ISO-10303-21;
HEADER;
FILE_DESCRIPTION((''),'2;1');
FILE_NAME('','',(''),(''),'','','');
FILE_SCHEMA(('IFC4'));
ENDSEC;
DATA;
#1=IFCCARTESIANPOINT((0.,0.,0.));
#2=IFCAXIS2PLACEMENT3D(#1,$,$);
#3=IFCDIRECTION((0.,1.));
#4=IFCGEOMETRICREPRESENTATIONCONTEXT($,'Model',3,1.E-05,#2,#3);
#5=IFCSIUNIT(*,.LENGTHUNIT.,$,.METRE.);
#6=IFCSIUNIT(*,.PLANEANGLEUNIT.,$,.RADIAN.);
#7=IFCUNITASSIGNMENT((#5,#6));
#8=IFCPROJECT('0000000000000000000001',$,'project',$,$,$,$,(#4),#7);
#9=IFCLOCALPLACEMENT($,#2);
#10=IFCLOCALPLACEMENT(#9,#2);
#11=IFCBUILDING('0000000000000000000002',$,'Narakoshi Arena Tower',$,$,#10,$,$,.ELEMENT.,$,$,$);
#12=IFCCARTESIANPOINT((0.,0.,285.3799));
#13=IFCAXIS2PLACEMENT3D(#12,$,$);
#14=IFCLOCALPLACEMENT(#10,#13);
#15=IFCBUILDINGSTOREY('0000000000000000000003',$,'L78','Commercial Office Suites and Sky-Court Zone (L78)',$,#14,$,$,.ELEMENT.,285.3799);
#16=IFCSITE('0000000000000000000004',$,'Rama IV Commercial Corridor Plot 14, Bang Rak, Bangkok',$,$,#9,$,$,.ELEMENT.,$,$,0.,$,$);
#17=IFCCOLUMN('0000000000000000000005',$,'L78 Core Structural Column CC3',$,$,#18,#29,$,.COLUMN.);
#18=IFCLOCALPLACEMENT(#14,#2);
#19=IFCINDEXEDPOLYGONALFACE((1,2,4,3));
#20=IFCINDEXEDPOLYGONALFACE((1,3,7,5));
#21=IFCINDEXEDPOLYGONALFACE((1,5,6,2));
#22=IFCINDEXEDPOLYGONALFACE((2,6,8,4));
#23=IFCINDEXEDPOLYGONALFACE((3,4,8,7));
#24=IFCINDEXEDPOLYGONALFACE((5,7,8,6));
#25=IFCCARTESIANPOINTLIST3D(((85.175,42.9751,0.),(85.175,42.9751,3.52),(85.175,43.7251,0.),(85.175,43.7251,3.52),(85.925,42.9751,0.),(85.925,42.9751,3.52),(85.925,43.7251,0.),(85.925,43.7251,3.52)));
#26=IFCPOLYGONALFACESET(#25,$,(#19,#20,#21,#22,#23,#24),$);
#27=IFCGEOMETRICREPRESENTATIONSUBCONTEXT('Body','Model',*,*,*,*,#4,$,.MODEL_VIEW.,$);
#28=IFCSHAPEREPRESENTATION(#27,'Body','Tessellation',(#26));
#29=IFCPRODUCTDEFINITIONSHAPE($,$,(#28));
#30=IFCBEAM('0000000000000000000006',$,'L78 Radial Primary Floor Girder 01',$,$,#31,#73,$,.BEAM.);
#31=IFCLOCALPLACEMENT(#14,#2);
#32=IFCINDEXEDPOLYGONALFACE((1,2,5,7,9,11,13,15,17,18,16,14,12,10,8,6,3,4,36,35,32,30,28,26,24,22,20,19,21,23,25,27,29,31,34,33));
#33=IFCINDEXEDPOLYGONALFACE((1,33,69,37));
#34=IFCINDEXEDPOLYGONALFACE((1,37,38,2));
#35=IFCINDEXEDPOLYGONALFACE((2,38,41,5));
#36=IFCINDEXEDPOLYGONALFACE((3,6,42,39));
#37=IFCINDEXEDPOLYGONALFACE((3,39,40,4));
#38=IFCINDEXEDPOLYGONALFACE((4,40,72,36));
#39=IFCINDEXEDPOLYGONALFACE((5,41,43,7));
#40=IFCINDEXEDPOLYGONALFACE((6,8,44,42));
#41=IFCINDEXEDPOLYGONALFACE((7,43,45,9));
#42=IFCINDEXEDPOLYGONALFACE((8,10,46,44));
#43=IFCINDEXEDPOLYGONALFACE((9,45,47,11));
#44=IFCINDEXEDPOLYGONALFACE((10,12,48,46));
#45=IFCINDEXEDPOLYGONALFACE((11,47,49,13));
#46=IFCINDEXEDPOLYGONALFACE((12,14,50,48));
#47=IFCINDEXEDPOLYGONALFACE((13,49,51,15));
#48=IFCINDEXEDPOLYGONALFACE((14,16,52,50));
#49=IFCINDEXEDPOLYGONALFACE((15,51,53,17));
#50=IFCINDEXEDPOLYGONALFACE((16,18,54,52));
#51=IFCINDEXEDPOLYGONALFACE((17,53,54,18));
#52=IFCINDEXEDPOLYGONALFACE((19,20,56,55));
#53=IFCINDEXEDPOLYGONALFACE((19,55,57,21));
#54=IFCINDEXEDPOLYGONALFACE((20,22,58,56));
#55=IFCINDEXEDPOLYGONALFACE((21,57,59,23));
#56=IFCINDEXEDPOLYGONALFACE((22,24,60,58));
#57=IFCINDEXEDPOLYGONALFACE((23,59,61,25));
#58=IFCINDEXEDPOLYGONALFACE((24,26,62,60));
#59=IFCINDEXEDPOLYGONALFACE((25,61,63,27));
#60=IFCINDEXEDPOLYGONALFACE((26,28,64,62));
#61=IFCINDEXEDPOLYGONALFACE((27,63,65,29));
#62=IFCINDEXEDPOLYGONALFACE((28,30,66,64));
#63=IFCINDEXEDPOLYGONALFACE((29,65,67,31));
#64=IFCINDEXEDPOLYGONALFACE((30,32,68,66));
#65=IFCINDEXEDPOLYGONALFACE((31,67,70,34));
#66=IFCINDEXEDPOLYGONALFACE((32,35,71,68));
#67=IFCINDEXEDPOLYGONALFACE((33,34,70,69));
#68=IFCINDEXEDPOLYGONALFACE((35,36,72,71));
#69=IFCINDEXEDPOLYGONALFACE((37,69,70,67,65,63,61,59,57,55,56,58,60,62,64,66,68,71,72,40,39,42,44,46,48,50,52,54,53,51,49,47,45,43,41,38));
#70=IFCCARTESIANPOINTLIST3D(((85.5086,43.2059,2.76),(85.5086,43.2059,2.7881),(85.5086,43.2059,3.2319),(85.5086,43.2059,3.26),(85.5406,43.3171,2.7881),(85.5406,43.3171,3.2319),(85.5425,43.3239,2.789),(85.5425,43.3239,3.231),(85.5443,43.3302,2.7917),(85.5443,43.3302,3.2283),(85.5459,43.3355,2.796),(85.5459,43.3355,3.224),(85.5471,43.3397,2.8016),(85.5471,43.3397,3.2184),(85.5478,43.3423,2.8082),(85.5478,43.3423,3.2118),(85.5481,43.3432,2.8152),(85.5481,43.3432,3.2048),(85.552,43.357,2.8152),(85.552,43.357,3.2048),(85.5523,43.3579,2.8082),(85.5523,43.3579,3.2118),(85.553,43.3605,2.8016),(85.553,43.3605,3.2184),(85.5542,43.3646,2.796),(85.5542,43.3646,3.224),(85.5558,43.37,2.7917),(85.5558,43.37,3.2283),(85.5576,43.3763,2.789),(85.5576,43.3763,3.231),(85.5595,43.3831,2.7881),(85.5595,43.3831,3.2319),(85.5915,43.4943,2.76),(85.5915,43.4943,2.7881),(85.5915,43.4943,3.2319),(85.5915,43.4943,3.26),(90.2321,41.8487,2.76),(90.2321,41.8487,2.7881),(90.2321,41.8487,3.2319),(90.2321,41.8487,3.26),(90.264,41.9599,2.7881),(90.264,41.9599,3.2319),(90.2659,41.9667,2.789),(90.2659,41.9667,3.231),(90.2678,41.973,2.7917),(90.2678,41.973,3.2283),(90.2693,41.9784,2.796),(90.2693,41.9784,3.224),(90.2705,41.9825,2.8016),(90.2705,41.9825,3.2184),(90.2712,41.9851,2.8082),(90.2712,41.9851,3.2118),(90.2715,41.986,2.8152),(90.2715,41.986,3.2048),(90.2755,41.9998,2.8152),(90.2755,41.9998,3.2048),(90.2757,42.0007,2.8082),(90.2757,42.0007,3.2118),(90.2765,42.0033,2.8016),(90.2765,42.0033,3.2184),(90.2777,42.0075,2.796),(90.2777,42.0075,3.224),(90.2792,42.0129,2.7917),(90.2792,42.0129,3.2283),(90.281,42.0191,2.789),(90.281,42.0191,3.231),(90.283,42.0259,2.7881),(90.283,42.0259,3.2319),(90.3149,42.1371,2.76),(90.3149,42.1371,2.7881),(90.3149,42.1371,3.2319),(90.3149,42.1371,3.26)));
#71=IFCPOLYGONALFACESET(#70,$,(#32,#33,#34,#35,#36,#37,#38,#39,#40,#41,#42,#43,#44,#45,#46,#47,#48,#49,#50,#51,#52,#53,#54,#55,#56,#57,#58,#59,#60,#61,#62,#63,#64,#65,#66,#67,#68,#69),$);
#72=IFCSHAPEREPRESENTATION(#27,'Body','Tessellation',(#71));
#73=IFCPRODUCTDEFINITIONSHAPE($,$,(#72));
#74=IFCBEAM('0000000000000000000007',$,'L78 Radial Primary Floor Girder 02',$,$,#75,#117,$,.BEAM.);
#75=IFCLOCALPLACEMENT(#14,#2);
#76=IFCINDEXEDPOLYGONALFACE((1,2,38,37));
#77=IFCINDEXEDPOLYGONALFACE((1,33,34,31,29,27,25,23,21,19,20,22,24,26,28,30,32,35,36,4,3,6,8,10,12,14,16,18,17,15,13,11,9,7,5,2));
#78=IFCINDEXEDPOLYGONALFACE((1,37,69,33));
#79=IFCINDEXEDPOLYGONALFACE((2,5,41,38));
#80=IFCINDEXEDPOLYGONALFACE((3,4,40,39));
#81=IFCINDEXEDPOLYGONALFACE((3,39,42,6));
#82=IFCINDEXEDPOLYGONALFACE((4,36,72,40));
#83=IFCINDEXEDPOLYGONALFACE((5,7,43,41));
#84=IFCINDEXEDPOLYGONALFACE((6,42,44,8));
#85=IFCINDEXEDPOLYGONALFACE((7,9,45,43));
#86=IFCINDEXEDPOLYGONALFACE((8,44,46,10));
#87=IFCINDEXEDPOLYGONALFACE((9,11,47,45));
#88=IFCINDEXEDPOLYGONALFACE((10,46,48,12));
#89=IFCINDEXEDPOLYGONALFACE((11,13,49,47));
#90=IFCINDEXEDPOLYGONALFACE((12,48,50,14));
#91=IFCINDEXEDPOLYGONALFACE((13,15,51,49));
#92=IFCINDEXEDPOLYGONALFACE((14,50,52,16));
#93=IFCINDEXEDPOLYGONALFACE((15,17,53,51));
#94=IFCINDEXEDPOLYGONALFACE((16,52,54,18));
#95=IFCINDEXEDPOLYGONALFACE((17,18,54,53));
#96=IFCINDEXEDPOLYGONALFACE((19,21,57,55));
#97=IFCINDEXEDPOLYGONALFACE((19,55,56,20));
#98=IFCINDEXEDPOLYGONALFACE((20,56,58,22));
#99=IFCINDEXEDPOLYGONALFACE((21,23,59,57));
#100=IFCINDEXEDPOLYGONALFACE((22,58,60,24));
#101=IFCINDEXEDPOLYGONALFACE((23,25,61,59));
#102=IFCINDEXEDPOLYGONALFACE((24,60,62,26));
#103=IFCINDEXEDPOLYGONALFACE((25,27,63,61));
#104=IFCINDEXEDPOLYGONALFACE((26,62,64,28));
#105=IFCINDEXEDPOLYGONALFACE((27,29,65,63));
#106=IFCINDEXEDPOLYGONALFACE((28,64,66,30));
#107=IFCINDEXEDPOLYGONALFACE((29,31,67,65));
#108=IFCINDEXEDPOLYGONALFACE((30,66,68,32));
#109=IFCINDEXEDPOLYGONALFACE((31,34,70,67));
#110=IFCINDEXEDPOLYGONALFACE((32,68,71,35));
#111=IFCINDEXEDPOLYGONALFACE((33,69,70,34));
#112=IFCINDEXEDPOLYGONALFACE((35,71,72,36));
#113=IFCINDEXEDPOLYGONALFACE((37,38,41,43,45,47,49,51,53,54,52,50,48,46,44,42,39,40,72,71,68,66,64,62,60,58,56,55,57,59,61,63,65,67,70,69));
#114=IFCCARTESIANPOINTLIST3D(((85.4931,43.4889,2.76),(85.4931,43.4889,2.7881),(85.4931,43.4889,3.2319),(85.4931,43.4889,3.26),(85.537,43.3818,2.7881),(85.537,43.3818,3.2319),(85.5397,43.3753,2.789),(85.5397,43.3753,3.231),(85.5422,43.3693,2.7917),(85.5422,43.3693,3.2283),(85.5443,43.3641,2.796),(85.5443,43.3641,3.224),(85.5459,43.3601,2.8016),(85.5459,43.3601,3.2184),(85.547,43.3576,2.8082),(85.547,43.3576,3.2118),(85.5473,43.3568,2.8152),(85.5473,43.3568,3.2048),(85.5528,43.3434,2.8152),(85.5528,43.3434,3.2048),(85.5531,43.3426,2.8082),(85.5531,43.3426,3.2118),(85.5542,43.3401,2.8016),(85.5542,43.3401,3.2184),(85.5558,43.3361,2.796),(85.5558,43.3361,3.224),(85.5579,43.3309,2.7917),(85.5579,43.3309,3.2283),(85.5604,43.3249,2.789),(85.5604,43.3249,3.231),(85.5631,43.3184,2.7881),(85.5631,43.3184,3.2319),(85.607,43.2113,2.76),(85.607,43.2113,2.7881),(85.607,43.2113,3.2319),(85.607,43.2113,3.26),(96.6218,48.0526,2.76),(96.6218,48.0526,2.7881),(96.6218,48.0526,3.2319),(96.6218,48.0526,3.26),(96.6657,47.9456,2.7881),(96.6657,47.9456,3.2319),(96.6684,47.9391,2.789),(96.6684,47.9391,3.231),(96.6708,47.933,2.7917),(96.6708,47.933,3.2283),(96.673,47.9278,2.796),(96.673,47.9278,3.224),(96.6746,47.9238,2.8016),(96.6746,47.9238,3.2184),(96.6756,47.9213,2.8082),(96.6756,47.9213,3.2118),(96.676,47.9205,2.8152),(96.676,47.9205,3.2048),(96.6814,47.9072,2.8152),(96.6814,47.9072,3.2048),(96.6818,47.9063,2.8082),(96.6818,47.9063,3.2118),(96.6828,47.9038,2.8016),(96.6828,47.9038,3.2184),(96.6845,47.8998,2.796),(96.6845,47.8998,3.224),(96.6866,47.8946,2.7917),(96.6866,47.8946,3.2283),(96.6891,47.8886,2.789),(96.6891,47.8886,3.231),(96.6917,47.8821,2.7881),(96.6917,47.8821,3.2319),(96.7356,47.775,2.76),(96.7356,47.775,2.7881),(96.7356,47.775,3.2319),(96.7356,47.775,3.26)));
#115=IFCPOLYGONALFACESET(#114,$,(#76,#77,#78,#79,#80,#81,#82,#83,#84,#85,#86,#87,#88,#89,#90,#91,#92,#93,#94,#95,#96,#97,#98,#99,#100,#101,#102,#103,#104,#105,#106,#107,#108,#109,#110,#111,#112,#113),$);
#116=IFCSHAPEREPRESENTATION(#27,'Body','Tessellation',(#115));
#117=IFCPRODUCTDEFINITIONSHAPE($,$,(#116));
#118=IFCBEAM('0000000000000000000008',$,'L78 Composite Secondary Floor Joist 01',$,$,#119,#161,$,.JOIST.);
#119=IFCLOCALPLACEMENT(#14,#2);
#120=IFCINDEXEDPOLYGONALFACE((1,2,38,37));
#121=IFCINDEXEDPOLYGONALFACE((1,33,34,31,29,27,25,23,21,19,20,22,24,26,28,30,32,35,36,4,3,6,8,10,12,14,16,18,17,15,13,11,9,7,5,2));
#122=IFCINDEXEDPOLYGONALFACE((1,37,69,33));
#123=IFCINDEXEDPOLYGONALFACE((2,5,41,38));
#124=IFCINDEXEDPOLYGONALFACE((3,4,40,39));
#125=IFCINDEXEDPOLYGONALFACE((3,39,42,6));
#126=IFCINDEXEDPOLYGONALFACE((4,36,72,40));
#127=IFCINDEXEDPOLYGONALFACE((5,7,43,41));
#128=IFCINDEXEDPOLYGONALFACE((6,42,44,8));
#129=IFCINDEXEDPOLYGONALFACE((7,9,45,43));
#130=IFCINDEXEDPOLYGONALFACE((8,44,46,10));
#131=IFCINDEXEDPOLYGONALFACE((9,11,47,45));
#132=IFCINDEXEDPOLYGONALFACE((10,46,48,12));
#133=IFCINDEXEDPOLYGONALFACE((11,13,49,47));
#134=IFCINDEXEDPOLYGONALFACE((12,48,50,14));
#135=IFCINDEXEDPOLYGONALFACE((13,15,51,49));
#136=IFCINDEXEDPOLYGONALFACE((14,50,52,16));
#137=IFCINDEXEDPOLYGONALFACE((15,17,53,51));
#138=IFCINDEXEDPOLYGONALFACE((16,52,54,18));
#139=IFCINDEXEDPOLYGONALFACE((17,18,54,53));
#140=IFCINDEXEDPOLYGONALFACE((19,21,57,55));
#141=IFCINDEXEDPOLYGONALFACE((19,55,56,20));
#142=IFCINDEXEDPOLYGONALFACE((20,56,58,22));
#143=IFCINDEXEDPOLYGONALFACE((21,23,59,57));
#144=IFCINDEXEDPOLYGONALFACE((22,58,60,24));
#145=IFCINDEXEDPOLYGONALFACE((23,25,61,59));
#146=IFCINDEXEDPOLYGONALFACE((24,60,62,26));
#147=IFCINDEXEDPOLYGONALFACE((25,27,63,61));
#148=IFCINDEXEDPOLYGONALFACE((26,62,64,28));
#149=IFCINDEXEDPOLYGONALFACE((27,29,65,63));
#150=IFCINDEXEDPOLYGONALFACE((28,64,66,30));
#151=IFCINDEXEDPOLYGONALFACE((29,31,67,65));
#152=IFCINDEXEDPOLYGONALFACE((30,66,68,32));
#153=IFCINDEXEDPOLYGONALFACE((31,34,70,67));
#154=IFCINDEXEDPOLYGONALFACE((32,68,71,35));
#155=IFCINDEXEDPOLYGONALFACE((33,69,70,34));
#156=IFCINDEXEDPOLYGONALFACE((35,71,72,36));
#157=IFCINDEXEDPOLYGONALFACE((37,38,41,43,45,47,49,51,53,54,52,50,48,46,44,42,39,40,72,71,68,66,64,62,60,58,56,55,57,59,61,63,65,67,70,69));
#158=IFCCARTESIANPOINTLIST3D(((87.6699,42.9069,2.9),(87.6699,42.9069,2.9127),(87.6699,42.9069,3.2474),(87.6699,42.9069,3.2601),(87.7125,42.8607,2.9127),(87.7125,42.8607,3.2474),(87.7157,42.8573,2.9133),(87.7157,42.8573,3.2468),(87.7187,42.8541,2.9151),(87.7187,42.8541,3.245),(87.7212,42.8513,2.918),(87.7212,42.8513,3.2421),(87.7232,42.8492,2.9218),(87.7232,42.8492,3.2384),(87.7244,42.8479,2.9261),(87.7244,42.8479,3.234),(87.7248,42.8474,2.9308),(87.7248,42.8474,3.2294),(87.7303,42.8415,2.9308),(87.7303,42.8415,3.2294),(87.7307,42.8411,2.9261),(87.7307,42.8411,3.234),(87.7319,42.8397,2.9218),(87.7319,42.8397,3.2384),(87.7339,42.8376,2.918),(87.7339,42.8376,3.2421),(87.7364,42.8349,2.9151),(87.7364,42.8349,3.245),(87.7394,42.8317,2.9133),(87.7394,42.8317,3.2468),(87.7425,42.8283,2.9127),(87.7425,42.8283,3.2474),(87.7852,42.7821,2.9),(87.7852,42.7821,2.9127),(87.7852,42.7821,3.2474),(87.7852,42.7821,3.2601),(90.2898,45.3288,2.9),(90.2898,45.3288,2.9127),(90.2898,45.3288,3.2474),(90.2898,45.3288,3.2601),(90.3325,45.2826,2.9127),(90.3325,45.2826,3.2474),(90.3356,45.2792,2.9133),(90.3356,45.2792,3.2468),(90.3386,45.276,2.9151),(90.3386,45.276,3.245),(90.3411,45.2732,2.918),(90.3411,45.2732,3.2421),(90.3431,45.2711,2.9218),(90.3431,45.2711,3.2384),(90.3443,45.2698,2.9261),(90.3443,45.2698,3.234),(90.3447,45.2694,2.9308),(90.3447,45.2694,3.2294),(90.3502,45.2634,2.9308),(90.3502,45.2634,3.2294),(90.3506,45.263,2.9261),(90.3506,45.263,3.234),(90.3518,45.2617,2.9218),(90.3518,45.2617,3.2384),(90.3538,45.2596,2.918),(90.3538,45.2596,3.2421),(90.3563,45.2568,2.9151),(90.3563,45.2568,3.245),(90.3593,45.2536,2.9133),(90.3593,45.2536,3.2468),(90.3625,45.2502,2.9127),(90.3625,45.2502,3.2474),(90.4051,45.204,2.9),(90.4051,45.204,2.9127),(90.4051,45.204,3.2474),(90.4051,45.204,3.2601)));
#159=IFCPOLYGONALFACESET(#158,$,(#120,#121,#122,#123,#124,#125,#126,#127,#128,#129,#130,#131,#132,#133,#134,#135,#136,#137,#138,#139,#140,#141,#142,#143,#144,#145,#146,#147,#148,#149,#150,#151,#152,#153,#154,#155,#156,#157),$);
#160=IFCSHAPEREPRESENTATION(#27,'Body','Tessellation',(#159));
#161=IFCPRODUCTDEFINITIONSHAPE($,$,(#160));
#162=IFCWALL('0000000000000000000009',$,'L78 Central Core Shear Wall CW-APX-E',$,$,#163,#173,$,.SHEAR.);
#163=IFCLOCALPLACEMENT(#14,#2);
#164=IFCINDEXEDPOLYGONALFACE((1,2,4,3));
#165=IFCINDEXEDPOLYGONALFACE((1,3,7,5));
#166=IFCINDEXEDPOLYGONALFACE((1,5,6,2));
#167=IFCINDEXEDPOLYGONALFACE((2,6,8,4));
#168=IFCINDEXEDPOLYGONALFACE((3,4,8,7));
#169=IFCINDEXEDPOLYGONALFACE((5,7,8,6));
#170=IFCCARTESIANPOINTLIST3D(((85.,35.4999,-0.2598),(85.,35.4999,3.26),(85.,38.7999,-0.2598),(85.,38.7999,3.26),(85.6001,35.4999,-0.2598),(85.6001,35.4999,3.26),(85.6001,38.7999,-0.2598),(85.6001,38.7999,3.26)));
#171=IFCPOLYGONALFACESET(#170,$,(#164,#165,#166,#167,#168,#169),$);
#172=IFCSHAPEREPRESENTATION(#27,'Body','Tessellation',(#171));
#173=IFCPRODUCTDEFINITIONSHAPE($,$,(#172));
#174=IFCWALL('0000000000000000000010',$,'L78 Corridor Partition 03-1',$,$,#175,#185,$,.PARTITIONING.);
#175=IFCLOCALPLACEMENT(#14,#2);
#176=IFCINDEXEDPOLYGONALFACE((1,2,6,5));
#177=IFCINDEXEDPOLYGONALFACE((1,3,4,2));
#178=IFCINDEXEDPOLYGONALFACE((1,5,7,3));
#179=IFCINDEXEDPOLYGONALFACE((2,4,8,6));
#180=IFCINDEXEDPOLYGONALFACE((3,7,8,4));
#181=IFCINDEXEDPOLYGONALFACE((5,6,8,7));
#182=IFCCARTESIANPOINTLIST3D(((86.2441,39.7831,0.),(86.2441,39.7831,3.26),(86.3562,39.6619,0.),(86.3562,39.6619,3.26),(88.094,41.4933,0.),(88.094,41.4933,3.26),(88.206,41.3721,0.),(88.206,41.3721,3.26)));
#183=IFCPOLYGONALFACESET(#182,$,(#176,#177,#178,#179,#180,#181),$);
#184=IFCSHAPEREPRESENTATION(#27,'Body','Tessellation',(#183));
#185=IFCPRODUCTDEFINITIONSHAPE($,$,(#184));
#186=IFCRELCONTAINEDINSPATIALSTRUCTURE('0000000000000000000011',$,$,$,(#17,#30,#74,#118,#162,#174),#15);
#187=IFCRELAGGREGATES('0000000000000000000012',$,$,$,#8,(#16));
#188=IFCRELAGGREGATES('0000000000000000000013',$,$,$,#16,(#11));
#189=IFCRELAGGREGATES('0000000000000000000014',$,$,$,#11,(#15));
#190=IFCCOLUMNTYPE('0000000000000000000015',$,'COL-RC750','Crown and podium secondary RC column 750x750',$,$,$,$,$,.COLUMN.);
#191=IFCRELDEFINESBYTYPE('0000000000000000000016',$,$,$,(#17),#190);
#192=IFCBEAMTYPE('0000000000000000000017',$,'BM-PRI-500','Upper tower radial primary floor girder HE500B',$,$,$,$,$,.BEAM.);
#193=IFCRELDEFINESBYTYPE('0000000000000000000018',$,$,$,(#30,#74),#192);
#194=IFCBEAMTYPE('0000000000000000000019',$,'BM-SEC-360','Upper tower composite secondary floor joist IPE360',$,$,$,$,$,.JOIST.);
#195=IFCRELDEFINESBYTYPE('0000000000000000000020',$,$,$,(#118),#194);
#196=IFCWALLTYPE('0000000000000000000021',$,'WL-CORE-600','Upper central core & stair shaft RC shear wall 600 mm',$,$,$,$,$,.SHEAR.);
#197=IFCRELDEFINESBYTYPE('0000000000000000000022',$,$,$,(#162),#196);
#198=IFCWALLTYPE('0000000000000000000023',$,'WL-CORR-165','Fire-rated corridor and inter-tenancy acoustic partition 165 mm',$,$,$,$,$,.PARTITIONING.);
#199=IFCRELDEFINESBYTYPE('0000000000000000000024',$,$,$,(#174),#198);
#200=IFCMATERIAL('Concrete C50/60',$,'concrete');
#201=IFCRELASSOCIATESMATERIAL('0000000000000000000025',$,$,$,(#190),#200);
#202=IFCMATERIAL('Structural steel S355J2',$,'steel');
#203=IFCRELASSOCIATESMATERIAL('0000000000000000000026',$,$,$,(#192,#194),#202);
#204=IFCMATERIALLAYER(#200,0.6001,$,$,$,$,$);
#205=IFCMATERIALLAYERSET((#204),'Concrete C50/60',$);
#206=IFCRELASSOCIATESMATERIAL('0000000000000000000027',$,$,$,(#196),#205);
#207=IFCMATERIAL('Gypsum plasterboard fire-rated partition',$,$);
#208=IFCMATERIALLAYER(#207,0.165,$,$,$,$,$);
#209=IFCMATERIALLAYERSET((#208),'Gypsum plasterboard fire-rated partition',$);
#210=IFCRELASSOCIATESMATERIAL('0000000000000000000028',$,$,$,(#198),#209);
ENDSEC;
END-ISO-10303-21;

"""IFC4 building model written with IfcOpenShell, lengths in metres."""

from ifc_helpers import new_model, si_unit, direction, frame, frame_2d, origin, origin_2d, place, context, subcontext, project, spatial, rectangle, i_section, extrude, material, layer, layer_set, material_profile, profile_set, type_object, element, save


model = new_model("IFC4")

# Units and contexts
model_context = context("Model", 3, precision=1e-05, world=origin(), true_north=direction((0.0, 1.0)))
body_context = subcontext(model_context, "Body", "Model", "MODEL_VIEW")
ifc_project = project(units=[si_unit("LENGTHUNIT", "METRE"), si_unit("PLANEANGLEUNIT", "RADIAN")], contexts=[model_context])

# Site, building, storey
site_placement = place(None, origin())
site = spatial("IfcSite", under=ifc_project, at=site_placement, Name="Rama IV Commercial Corridor Plot 14, Bang Rak, Bangkok", CompositionType="ELEMENT", RefElevation=0.0)
building_placement = place(site_placement, origin())
building = spatial("IfcBuilding", under=site, at=building_placement, Name="Narakoshi Arena Tower", CompositionType="ELEMENT")
storey_placement = place(building_placement, frame((0.0, 0.0, 285.3799)))
storey = spatial("IfcBuildingStorey", under=building, at=storey_placement, Name="L78", Description="Commercial Office Suites and Sky-Court Zone (L78)", CompositionType="ELEMENT", Elevation=285.3799)

# Column
ifc_material_1 = material(Name="Concrete C50/60", Category="concrete")
ifc_material_profile_1 = material_profile(ifc_material_1, rectangle(XDim=0.75, YDim=0.75, at=origin_2d()), Name="RC750x750")
ifc_profile_set_1 = profile_set([ifc_material_profile_1], Name="Concrete C50/60")
column_type = type_object("IfcColumnType", Name="COL-RC750", Description="Crown and podium secondary RC column 750x750", PredefinedType="COLUMN", material=ifc_profile_set_1)
column_placement = place(storey_placement, frame((85.55, 43.3501, 0.0), z_axis=(0.0, 0.0, 1.0), x_axis=(1.0, 0.0, 0.0)))
element("IfcColumn", 1, at=column_placement, inside=storey, type_object=column_type, Name="L78 Core Structural Column CC3", PredefinedType="COLUMN", context=body_context, shape_type="SweptSolid", body=[
    extrude(rectangle(XDim=0.75, YDim=0.75, at=origin_2d()), origin(), (0.0, 0.0, 1.0), 3.52),
])

# Beams
ifc_material_2 = material(Name="Structural steel S355J2", Category="steel")
ifc_material_profile_2 = material_profile(ifc_material_2, i_section(OverallWidth=0.3, OverallDepth=0.5, WebThickness=0.0144, FlangeThickness=0.0281, FilletRadius=0.0271, at=origin_2d()), Name="HE500B")
ifc_profile_set_2 = profile_set([ifc_material_profile_2], Name="Structural steel S355J2")
beam_type_1 = type_object("IfcBeamType", Name="BM-PRI-500", Description="Upper tower radial primary floor girder HE500B", PredefinedType="BEAM", material=ifc_profile_set_2)
beam_1_placement = place(storey_placement, frame((85.55, 43.3501, 3.01), z_axis=(0.961112, -0.276158, 0.0), x_axis=(0.276158, 0.961112, 0.0)))
element("IfcBeam", 2, at=beam_1_placement, inside=storey, type_object=beam_type_1, Name="L78 Radial Primary Floor Girder 01", PredefinedType="BEAM", context=body_context, shape_type="SweptSolid", body=[
    extrude(i_section(OverallWidth=0.3, OverallDepth=0.5, WebThickness=0.0144, FlangeThickness=0.0281, FilletRadius=0.0271, at=origin_2d()), origin(), (0.0, 0.0, 1.0), 4.9146),
])
beam_2_placement = place(storey_placement, frame((85.55, 43.3501, 3.01), z_axis=(0.925224, 0.379422, 0.0), x_axis=(-0.379422, 0.925224, 0.0)))
element("IfcBeam", 3, at=beam_2_placement, inside=storey, type_object=beam_type_1, Name="L78 Radial Primary Floor Girder 02", PredefinedType="BEAM", context=body_context, shape_type="SweptSolid", body=[
    extrude(i_section(OverallWidth=0.3, OverallDepth=0.5, WebThickness=0.0144, FlangeThickness=0.0281, FilletRadius=0.0271, at=origin_2d()), origin(), (0.0, 0.0, 1.0), 12.0281),
])
ifc_material_profile_3 = material_profile(ifc_material_2, i_section(OverallWidth=0.1699, OverallDepth=0.3601, WebThickness=0.0081, FlangeThickness=0.0127, FilletRadius=0.0181, at=origin_2d()), Name="IPE360")
ifc_profile_set_3 = profile_set([ifc_material_profile_3], Name="Structural steel S355J2")
beam_type_2 = type_object("IfcBeamType", Name="BM-SEC-360", Description="Upper tower composite secondary floor joist IPE360", PredefinedType="JOIST", material=ifc_profile_set_3)
beam_3_placement = place(storey_placement, frame((87.7275, 42.8445, 3.0801), z_axis=(0.73431, 0.678814, 0.0), x_axis=(-0.678814, 0.73431, 0.0)))
element("IfcBeam", 4, at=beam_3_placement, inside=storey, type_object=beam_type_2, Name="L78 Composite Secondary Floor Joist 01", PredefinedType="JOIST", context=body_context, shape_type="SweptSolid", body=[
    extrude(i_section(OverallWidth=0.1699, OverallDepth=0.3601, WebThickness=0.0081, FlangeThickness=0.0127, FilletRadius=0.0181, at=origin_2d()), origin(), (0.0, 0.0, 1.0), 3.5679),
])

# Walls
ifc_layer_1 = layer(ifc_material_1, 0.6001)
ifc_layer_set_1 = layer_set([ifc_layer_1], Name="Concrete C50/60")
wall_type_1 = type_object("IfcWallType", Name="WL-CORE-600", Description="Upper central core & stair shaft RC shear wall 600 mm", PredefinedType="SHEAR", material=ifc_layer_set_1)
wall_1_placement = place(storey_placement, frame((85.3, 35.5, -0.2598), z_axis=(0.0, 0.0, 1.0), x_axis=(0.0, 1.0, 0.0)))
element("IfcWall", 5, at=wall_1_placement, inside=storey, type_object=wall_type_1, Name="L78 Central Core Shear Wall CW-APX-E", PredefinedType="SHEAR", context=body_context, shape_type="SweptSolid", body=[
    extrude(rectangle(XDim=3.3, YDim=0.6001, at=frame_2d((1.6499, 0.0))), origin(), (0.0, 0.0, 1.0), 3.5198),
])
ifc_material_3 = material(Name="Gypsum plasterboard fire-rated partition")
ifc_layer_2 = layer(ifc_material_3, 0.165)
ifc_layer_set_2 = layer_set([ifc_layer_2], Name="Gypsum plasterboard fire-rated partition")
wall_type_2 = type_object("IfcWallType", Name="WL-CORR-165", Description="Fire-rated corridor and inter-tenancy acoustic partition 165 mm", PredefinedType="PARTITIONING", material=ifc_layer_set_2)
wall_2_placement = place(storey_placement, frame((86.3, 39.7224, 0.0), z_axis=(0.0, 0.0, 1.0), x_axis=(0.734279, 0.678847, 0.0)))
element("IfcWall", 6, at=wall_2_placement, inside=storey, type_object=wall_type_2, Name="L78 Corridor Partition 03-1", PredefinedType="PARTITIONING", context=body_context, shape_type="SweptSolid", body=[
    extrude(rectangle(XDim=2.5193, YDim=0.165, at=frame_2d((1.2598, 0.0))), origin(), (0.0, 0.0, 1.0), 3.26),
])

save(model, "model.ifc")
